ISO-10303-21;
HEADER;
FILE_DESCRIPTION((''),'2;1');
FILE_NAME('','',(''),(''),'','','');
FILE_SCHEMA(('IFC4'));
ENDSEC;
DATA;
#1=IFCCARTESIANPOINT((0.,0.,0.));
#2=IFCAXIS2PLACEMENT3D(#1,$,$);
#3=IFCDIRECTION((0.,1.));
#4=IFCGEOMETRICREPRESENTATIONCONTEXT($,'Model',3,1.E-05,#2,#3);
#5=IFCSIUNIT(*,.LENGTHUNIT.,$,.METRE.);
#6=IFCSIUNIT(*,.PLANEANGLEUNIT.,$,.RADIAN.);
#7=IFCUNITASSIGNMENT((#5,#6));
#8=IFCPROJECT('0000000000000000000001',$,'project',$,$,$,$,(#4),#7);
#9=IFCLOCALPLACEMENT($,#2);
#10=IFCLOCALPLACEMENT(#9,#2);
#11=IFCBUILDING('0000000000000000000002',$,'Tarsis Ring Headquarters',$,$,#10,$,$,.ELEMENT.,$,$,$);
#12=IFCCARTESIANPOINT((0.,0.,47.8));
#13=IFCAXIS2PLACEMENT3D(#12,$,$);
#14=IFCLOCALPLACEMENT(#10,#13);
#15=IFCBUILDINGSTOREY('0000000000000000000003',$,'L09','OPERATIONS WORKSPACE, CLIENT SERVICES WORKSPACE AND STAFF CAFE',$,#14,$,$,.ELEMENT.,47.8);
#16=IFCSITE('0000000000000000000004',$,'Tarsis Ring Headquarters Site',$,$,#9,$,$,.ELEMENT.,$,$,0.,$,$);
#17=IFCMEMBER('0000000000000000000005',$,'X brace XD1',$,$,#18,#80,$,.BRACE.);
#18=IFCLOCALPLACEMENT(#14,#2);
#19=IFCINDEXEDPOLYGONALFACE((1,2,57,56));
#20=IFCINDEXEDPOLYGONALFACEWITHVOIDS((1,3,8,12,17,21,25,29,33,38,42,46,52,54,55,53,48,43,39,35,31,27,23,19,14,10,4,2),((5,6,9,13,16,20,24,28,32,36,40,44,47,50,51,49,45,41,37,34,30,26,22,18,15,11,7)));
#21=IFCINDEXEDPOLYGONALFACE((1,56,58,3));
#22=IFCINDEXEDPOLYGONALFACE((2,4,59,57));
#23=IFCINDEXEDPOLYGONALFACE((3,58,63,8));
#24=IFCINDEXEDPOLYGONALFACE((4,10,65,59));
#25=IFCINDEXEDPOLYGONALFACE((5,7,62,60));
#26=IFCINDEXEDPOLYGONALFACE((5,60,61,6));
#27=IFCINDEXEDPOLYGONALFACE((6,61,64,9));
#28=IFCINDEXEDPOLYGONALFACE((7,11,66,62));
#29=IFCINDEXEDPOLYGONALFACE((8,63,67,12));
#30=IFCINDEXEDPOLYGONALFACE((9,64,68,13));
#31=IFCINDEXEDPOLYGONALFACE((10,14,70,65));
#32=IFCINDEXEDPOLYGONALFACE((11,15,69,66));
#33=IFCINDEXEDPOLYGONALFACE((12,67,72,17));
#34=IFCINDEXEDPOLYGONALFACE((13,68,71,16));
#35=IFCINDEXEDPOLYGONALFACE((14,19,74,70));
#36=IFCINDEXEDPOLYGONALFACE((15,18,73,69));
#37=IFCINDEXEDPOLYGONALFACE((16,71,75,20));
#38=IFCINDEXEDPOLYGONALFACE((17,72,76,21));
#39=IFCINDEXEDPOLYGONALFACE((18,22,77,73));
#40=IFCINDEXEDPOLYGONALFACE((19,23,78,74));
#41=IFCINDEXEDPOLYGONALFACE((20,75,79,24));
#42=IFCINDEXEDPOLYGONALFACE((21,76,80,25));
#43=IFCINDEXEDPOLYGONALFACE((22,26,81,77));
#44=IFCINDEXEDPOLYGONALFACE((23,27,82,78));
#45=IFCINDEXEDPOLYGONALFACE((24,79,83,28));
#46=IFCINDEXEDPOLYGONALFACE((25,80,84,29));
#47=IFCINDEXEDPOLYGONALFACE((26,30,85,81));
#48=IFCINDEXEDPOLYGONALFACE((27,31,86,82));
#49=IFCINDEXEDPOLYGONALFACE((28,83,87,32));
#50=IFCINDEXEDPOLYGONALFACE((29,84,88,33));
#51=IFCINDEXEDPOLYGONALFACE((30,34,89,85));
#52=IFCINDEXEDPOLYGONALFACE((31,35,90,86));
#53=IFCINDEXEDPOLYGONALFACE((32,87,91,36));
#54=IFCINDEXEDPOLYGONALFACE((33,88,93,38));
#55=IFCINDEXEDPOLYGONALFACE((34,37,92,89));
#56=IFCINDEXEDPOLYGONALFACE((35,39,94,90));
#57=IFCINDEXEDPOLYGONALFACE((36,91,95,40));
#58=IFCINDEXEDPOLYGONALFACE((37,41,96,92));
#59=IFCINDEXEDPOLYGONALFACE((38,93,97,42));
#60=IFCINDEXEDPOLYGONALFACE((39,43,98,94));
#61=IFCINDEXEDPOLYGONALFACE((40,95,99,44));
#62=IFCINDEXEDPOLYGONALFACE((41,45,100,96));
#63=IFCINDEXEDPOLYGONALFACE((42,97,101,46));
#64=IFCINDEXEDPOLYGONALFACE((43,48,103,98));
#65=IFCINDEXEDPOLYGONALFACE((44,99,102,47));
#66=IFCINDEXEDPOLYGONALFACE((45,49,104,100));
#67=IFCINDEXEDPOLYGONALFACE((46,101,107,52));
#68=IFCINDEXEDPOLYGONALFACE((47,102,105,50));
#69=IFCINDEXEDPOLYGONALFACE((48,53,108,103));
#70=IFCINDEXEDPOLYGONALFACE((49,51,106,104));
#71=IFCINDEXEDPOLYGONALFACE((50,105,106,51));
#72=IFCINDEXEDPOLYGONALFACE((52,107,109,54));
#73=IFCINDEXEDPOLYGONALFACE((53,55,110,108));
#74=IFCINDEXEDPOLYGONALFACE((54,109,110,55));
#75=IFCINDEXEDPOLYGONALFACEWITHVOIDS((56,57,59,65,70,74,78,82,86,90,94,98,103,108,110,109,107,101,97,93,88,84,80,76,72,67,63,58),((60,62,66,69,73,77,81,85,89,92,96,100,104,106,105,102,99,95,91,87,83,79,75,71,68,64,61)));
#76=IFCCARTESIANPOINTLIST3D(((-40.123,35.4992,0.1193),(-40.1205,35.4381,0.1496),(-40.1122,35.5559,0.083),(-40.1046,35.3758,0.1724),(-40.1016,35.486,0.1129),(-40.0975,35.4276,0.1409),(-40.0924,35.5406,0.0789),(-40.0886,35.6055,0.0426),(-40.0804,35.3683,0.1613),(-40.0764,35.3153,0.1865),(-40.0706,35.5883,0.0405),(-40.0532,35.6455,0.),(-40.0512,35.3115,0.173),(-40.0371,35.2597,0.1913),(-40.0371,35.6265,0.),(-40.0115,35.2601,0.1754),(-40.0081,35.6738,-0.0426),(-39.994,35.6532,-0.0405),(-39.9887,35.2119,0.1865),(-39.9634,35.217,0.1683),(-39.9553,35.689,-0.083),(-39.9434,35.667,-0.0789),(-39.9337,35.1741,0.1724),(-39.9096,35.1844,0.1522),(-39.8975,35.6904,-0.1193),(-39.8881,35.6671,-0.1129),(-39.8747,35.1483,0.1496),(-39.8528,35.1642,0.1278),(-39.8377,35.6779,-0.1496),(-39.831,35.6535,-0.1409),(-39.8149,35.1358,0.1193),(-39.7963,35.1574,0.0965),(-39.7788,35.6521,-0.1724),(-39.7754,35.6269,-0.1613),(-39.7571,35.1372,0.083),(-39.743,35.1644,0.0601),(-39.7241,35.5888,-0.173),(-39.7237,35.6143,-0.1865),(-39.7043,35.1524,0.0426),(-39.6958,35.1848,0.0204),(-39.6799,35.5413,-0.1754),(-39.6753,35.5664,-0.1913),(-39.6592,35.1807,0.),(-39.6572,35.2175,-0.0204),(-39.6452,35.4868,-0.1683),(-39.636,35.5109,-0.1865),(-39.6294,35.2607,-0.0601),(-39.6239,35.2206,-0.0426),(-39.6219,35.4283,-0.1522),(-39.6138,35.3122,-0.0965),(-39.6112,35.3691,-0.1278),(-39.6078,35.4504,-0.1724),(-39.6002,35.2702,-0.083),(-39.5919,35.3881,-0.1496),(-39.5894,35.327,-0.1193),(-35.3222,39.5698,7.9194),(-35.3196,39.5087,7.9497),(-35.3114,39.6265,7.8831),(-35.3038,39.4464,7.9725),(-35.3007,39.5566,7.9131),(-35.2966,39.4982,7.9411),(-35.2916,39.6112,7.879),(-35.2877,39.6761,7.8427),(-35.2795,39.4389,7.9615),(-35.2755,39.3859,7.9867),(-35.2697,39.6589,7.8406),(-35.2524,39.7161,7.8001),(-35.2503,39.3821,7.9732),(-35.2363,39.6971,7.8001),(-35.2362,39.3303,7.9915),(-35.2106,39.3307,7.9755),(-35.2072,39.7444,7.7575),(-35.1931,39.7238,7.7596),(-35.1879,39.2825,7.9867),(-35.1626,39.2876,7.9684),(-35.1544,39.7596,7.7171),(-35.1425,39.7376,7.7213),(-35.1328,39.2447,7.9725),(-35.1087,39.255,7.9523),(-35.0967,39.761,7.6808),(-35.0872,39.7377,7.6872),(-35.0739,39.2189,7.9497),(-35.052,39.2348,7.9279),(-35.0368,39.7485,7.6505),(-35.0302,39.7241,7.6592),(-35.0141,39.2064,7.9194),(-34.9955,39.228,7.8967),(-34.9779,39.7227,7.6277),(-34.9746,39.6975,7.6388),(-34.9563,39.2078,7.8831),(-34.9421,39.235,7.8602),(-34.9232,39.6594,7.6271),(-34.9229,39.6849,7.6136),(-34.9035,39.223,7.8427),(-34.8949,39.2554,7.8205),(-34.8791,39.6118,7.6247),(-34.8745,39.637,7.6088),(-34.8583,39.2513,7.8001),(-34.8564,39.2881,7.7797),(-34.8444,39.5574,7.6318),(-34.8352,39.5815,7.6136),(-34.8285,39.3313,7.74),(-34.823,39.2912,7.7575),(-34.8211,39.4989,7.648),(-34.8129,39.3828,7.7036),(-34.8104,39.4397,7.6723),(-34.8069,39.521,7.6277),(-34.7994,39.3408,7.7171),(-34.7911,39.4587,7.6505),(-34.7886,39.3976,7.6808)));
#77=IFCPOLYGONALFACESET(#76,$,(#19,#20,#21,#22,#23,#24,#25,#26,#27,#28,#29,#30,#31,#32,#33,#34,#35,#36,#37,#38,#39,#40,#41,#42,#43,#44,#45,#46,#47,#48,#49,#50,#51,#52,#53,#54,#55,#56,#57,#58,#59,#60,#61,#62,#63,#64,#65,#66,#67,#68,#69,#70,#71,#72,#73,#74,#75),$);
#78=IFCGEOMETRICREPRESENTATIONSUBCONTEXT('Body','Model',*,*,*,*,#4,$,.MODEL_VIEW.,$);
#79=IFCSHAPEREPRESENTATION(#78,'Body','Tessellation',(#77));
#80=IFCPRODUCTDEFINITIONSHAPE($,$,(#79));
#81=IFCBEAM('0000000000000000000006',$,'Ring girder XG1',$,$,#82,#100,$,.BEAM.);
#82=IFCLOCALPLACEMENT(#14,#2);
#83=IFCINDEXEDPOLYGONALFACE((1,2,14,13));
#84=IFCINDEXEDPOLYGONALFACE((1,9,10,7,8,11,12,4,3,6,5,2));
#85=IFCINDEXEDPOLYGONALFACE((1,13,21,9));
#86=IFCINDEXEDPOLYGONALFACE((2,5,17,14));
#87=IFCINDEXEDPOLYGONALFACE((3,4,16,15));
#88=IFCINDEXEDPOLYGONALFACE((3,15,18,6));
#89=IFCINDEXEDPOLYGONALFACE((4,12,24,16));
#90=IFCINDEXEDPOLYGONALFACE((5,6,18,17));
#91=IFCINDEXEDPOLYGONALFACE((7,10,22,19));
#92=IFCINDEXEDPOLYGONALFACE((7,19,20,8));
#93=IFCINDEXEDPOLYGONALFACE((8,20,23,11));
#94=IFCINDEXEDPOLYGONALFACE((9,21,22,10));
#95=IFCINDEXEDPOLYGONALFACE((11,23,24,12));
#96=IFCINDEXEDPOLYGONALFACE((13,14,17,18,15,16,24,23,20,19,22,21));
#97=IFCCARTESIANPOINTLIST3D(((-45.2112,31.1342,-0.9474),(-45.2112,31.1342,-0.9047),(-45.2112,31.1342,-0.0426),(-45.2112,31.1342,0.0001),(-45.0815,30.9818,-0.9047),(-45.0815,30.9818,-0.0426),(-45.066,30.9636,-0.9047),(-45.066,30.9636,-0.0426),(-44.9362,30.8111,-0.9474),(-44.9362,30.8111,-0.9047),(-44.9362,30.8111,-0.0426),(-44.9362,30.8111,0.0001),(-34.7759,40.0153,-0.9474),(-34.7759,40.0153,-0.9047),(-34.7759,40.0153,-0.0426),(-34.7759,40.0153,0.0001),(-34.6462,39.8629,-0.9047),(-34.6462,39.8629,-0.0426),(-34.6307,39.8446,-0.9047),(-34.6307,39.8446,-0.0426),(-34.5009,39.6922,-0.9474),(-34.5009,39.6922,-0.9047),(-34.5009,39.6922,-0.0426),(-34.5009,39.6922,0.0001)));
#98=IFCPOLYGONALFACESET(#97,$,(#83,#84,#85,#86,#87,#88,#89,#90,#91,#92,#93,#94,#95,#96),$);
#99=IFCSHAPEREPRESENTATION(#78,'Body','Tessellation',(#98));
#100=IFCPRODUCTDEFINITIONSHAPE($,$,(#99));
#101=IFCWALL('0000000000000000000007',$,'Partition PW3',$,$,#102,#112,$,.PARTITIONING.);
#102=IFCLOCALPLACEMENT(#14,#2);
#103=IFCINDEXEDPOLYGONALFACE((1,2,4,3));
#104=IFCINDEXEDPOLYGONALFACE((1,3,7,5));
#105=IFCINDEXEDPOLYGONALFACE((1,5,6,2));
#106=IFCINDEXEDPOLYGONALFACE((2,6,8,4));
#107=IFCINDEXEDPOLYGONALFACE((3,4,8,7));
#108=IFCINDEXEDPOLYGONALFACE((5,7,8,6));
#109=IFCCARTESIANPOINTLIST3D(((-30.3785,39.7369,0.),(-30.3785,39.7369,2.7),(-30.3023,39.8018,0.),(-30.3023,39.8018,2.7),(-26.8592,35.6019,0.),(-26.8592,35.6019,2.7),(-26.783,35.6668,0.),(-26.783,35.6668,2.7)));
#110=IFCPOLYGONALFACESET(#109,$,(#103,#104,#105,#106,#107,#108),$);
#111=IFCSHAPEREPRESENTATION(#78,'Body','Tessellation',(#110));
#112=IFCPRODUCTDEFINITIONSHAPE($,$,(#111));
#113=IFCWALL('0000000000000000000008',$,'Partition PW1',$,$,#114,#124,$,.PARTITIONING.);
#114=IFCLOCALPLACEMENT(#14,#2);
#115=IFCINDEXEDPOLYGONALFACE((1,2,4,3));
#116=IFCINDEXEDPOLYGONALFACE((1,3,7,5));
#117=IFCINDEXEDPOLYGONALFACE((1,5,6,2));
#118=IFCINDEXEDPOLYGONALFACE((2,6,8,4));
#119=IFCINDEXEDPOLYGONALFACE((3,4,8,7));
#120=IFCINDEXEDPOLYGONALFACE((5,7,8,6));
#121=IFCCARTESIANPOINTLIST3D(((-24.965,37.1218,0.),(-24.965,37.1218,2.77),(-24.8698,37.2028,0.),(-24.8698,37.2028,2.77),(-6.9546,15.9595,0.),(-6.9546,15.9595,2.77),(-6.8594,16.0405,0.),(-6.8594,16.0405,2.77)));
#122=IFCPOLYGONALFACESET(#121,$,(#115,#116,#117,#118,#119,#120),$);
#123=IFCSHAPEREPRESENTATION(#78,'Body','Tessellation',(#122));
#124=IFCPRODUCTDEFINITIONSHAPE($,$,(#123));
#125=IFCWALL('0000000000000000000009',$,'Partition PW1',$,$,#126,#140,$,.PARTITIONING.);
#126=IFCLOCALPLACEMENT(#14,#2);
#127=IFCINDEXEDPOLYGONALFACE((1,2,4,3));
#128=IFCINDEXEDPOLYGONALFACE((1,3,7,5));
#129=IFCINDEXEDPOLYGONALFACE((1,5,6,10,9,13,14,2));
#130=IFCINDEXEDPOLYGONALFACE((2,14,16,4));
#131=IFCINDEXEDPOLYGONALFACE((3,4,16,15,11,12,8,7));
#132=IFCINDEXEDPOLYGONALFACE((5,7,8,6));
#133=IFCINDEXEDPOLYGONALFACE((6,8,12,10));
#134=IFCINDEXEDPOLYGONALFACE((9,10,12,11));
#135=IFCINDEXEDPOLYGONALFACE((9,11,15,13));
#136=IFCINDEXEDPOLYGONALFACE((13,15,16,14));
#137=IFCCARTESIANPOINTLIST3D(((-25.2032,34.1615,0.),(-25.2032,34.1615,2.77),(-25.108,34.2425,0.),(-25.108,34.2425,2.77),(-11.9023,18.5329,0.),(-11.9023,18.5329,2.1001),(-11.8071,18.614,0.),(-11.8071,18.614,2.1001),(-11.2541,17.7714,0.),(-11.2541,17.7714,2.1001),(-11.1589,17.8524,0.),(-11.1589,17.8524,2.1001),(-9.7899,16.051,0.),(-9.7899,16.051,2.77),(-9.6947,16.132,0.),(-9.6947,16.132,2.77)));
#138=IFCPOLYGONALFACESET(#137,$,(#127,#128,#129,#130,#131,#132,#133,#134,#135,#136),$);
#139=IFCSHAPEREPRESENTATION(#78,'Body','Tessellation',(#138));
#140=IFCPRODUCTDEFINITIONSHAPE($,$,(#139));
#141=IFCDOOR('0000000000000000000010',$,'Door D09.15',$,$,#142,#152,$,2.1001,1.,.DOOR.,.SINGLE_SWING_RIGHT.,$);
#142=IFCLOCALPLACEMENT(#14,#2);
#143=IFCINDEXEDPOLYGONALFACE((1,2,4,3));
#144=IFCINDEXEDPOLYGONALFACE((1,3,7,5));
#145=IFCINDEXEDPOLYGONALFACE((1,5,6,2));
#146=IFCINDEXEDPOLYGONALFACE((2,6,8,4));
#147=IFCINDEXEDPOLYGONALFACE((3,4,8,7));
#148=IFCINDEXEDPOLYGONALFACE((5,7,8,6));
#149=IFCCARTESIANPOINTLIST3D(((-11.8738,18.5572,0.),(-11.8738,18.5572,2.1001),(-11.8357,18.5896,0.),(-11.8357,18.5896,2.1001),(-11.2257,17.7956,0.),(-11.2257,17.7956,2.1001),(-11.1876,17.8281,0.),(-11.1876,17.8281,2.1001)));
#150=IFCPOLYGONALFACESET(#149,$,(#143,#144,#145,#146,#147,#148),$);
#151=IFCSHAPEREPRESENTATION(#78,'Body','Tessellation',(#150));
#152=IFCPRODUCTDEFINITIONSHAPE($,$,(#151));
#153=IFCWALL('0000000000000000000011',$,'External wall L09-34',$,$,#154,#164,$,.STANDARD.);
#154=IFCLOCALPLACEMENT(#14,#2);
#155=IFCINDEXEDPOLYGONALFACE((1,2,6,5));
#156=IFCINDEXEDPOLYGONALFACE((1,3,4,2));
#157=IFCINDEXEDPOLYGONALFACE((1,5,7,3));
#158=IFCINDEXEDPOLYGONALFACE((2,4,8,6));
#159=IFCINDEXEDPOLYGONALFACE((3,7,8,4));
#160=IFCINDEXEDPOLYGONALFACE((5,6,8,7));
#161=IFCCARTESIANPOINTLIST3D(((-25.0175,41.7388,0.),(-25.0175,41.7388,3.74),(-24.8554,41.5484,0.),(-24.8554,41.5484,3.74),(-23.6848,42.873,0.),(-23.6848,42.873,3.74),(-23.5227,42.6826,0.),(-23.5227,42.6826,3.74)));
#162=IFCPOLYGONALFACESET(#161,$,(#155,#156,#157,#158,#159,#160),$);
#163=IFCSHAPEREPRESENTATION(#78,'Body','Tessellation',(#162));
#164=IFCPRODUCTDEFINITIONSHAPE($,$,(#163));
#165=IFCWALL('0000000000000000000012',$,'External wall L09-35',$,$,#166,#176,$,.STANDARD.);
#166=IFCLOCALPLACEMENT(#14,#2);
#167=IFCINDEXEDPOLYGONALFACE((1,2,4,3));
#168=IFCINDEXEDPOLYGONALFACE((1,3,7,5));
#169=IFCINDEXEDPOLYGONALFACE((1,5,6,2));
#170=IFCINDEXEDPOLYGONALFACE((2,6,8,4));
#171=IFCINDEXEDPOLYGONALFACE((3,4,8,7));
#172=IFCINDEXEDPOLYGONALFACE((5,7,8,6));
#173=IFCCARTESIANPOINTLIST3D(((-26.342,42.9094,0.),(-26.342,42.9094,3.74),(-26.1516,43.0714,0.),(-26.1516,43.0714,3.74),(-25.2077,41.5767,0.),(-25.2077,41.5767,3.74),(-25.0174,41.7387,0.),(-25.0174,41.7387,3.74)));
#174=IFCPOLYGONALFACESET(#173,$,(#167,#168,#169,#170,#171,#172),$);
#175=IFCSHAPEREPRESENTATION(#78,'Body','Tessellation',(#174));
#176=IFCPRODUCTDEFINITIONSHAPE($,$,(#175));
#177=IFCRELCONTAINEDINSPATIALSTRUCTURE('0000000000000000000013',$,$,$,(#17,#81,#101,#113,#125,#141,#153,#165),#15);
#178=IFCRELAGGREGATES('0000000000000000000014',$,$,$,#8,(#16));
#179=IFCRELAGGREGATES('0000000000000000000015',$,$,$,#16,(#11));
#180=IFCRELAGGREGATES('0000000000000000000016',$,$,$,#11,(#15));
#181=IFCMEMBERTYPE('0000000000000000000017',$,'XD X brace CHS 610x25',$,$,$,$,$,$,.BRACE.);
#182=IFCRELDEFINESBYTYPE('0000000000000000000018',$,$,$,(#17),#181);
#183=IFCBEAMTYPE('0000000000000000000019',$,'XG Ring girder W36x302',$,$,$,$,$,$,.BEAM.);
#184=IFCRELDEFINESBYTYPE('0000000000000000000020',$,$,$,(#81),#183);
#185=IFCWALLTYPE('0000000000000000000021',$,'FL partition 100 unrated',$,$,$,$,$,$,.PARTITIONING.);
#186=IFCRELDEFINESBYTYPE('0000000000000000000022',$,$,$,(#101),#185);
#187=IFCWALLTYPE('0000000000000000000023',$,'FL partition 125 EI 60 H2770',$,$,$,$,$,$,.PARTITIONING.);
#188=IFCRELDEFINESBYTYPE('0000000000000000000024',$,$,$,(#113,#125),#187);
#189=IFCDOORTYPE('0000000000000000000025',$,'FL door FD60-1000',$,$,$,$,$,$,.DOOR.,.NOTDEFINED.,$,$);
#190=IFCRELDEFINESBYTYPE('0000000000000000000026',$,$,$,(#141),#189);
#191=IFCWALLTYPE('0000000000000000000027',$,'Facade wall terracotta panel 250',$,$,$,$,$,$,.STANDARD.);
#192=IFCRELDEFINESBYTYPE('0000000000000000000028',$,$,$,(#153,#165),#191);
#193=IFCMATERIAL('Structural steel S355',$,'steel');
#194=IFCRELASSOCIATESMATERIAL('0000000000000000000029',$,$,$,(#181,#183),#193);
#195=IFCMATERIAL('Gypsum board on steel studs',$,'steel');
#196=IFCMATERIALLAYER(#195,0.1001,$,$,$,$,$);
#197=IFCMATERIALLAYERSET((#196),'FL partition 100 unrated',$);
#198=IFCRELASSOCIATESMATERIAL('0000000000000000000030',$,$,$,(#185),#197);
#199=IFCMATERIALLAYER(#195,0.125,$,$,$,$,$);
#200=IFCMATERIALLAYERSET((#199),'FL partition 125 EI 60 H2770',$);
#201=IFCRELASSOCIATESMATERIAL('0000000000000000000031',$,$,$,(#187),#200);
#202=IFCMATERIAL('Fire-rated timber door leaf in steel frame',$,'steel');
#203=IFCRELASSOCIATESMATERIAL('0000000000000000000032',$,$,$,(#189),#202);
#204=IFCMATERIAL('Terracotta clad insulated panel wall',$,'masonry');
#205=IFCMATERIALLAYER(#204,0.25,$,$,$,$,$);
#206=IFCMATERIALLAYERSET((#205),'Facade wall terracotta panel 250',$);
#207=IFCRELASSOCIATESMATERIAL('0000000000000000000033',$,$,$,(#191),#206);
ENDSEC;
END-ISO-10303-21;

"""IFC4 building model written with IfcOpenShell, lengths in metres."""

from ifc_helpers import new_model, si_unit, direction, frame, frame_2d, origin, origin_2d, place, context, subcontext, project, spatial, rectangle, hollow_circle, i_section, extrude, material, layer, layer_set, material_profile, profile_set, type_object, element, fill, save


model = new_model("IFC4")

# Units and contexts
model_context = context("Model", 3, precision=1e-05, world=origin(), true_north=direction((0.0, 1.0)))
body_context = subcontext(model_context, "Body", "Model", "MODEL_VIEW")
ifc_project = project(units=[si_unit("LENGTHUNIT", "METRE"), si_unit("PLANEANGLEUNIT", "RADIAN")], contexts=[model_context])

# Site, building, storey
site_placement = place(None, origin())
site = spatial("IfcSite", under=ifc_project, at=site_placement, Name="Tarsis Ring Headquarters Site", CompositionType="ELEMENT", RefElevation=0.0)
building_placement = place(site_placement, origin())
building = spatial("IfcBuilding", under=site, at=building_placement, Name="Tarsis Ring Headquarters", CompositionType="ELEMENT")
storey_placement = place(building_placement, frame((0.0, 0.0, 47.8)))
storey = spatial("IfcBuildingStorey", under=building, at=storey_placement, Name="L09", Description="OPERATIONS WORKSPACE, CLIENT SERVICES WORKSPACE AND STAFF CAFE", CompositionType="ELEMENT", Elevation=47.8)

# Member
ifc_material_1 = material(Name="Structural steel S355", Category="steel")
ifc_material_profile_1 = material_profile(ifc_material_1, hollow_circle(Radius=0.3047, WallThickness=0.0249, at=origin_2d()), Name="CHS 610x25")
ifc_profile_set_1 = profile_set([ifc_material_profile_1], Name="Structural steel S355")
member_type = type_object("IfcMemberType", Name="XD X brace CHS 610x25", PredefinedType="BRACE", material=ifc_profile_set_1)
member_1_placement = place(storey_placement, frame((-39.8562, 35.4131, 0.0), z_axis=(0.478983, 0.406127, 0.778226), x_axis=(-0.646716, 0.762731, 0.0)))
element("IfcMember", 1, at=member_1_placement, inside=storey, type_object=member_type, Name="X brace XD1", PredefinedType="BRACE", context=body_context, shape_type="SweptSolid", body=[
    extrude(hollow_circle(Radius=0.3047, WallThickness=0.0249, at=origin_2d()), origin(), (0.0, 0.0, 1.0), 10.0229),
])

# Beam
ifc_material_profile_2 = material_profile(ifc_material_1, i_section(OverallWidth=0.4243, OverallDepth=0.9475, WebThickness=0.0239, FlangeThickness=0.0427, at=origin_2d()), Name="W36x302")
ifc_profile_set_2 = profile_set([ifc_material_profile_2], Name="Structural steel S355")
beam_type = type_object("IfcBeamType", Name="XG Ring girder W36x302", PredefinedType="BEAM", material=ifc_profile_set_2)
beam_placement = place(storey_placement, frame((-34.6384, 39.8538, -0.4736), z_axis=(-0.76154, -0.648118, 0.0), x_axis=(0.648118, -0.76154, 0.0)))
element("IfcBeam", 2, at=beam_placement, inside=storey, type_object=beam_type, Name="Ring girder XG1", PredefinedType="BEAM", context=body_context, shape_type="SweptSolid", body=[
    extrude(i_section(OverallWidth=0.4243, OverallDepth=0.9475, WebThickness=0.0239, FlangeThickness=0.0427, at=origin_2d()), origin(), (0.0, 0.0, 1.0), 13.7029),
])

# Walls
ifc_material_2 = material(Name="Gypsum board on steel studs", Category="steel")
ifc_layer_1 = layer(ifc_material_2, 0.1001)
ifc_layer_set_1 = layer_set([ifc_layer_1], Name="FL partition 100 unrated")
wall_type_1 = type_object("IfcWallType", Name="FL partition 100 unrated", PredefinedType="PARTITIONING", material=ifc_layer_set_1)
wall_1_placement = place(storey_placement, frame((-30.3403, 39.7693, 0.0), z_axis=(0.0, 0.0, 1.0), x_axis=(0.648132, -0.761528, 0.0)))
element("IfcWall", 3, at=wall_1_placement, inside=storey, type_object=wall_type_1, Name="Partition PW3", PredefinedType="PARTITIONING", context=body_context, shape_type="SweptSolid", body=[
    extrude(rectangle(XDim=5.4299, YDim=0.1001, at=frame_2d((2.7148, 0.0))), origin(), (0.0, 0.0, 1.0), 2.7),
])
ifc_layer_2 = layer(ifc_material_2, 0.125)
ifc_layer_set_2 = layer_set([ifc_layer_2], Name="FL partition 125 EI 60 H2770")
wall_type_2 = type_object("IfcWallType", Name="FL partition 125 EI 60 H2770", PredefinedType="PARTITIONING", material=ifc_layer_set_2)
wall_2_placement = place(storey_placement, frame((-24.9175, 37.1624, 0.0), z_axis=(0.0, 0.0, 1.0), x_axis=(0.648118, -0.76154, 0.0)))
element("IfcWall", 4, at=wall_2_placement, inside=storey, type_object=wall_type_2, Name="Partition PW1", PredefinedType="PARTITIONING", context=body_context, shape_type="SweptSolid", body=[
    extrude(rectangle(XDim=27.7888, YDim=0.125, at=frame_2d((13.8945, 0.0))), origin(), (0.0, 0.0, 1.0), 2.77),
])

# Wall, opening, door
wall_3_placement = place(storey_placement, frame((-25.1555, 34.2019, 0.0), z_axis=(0.0, 0.0, 1.0), x_axis=(0.64812, -0.761538, 0.0)))
wall_3 = element("IfcWall", 5, at=wall_3_placement, inside=storey, type_object=wall_type_2, Name="Partition PW1", PredefinedType="PARTITIONING", context=body_context, shape_type="SweptSolid", body=[
    extrude(rectangle(XDim=23.7815, YDim=0.125, at=frame_2d((11.8906, 0.0))), origin(), (0.0, 0.0, 1.0), 2.77),
])
opening_1_placement = place(wall_3_placement, frame((20.5222, 0.0, 0.0)))
opening_1 = element("IfcOpeningElement", 6, at=opening_1_placement, cuts=wall_3, PredefinedType="OPENING", context=body_context, shape_type="SweptSolid", body=[
    extrude(rectangle(XDim=1.0, YDim=2.1001, at=frame_2d((0.5, 1.05))), frame((0.0, 0.0725, 0.0), z_axis=(0.0, -1.0, 0.0), x_axis=(1.0, 0.0, 0.0)), (0.0, 0.0, 1.0), 0.145),
])
ifc_material_3 = material(Name="Fire-rated timber door leaf in steel frame", Category="steel")
door_type = type_object("IfcDoorType", Name="FL door FD60-1000", OperationType="NOTDEFINED", PredefinedType="DOOR", material=ifc_material_3)
door_placement = place(opening_1_placement, origin())
door = element("IfcDoor", 7, at=door_placement, inside=storey, type_object=door_type, Name="Door D09.15", OperationType="SINGLE_SWING_RIGHT", OverallHeight=2.1001, OverallWidth=1.0, PredefinedType="DOOR", context=body_context, shape_type="SweptSolid", body=[
    extrude(rectangle(XDim=1.0, YDim=2.1001, at=frame_2d((0.5, 1.05))), frame((0.0, 0.0249, 0.0), z_axis=(0.0, -1.0, 0.0), x_axis=(1.0, 0.0, 0.0)), (0.0, 0.0, 1.0), 0.05),
])
fill(opening_1, door)

# Walls
ifc_material_4 = material(Name="Terracotta clad insulated panel wall", Category="masonry")
ifc_layer_3 = layer(ifc_material_4, 0.25)
ifc_layer_set_3 = layer_set([ifc_layer_3], Name="Facade wall terracotta panel 250")
wall_type_3 = type_object("IfcWallType", Name="Facade wall terracotta panel 250", PredefinedType="STANDARD", material=ifc_layer_set_3)
for number, where, z_axis, x_axis, name in (
    (8, (-23.6038, 42.7778, 0.0), (0.0, 0.0, 1.0), (-0.761536, -0.648122, 0.0), "External wall L09-34"),
    (9, (-25.1125, 41.6577, 0.0), (0.0, 0.0, 1.0), (-0.648122, 0.761536, 0.0), "External wall L09-35"),
):
    element("IfcWall", number, at=place(storey_placement, frame(where, z_axis=z_axis, x_axis=x_axis)), inside=storey, type_object=wall_type_3, Name=name, PredefinedType="STANDARD", context=body_context, shape_type="SweptSolid", body=[
        extrude(rectangle(XDim=1.75, YDim=0.25, at=frame_2d((0.875, 0.0))), origin(), (0.0, 0.0, 1.0), 3.74),
    ])

save(model, "model.ifc")
